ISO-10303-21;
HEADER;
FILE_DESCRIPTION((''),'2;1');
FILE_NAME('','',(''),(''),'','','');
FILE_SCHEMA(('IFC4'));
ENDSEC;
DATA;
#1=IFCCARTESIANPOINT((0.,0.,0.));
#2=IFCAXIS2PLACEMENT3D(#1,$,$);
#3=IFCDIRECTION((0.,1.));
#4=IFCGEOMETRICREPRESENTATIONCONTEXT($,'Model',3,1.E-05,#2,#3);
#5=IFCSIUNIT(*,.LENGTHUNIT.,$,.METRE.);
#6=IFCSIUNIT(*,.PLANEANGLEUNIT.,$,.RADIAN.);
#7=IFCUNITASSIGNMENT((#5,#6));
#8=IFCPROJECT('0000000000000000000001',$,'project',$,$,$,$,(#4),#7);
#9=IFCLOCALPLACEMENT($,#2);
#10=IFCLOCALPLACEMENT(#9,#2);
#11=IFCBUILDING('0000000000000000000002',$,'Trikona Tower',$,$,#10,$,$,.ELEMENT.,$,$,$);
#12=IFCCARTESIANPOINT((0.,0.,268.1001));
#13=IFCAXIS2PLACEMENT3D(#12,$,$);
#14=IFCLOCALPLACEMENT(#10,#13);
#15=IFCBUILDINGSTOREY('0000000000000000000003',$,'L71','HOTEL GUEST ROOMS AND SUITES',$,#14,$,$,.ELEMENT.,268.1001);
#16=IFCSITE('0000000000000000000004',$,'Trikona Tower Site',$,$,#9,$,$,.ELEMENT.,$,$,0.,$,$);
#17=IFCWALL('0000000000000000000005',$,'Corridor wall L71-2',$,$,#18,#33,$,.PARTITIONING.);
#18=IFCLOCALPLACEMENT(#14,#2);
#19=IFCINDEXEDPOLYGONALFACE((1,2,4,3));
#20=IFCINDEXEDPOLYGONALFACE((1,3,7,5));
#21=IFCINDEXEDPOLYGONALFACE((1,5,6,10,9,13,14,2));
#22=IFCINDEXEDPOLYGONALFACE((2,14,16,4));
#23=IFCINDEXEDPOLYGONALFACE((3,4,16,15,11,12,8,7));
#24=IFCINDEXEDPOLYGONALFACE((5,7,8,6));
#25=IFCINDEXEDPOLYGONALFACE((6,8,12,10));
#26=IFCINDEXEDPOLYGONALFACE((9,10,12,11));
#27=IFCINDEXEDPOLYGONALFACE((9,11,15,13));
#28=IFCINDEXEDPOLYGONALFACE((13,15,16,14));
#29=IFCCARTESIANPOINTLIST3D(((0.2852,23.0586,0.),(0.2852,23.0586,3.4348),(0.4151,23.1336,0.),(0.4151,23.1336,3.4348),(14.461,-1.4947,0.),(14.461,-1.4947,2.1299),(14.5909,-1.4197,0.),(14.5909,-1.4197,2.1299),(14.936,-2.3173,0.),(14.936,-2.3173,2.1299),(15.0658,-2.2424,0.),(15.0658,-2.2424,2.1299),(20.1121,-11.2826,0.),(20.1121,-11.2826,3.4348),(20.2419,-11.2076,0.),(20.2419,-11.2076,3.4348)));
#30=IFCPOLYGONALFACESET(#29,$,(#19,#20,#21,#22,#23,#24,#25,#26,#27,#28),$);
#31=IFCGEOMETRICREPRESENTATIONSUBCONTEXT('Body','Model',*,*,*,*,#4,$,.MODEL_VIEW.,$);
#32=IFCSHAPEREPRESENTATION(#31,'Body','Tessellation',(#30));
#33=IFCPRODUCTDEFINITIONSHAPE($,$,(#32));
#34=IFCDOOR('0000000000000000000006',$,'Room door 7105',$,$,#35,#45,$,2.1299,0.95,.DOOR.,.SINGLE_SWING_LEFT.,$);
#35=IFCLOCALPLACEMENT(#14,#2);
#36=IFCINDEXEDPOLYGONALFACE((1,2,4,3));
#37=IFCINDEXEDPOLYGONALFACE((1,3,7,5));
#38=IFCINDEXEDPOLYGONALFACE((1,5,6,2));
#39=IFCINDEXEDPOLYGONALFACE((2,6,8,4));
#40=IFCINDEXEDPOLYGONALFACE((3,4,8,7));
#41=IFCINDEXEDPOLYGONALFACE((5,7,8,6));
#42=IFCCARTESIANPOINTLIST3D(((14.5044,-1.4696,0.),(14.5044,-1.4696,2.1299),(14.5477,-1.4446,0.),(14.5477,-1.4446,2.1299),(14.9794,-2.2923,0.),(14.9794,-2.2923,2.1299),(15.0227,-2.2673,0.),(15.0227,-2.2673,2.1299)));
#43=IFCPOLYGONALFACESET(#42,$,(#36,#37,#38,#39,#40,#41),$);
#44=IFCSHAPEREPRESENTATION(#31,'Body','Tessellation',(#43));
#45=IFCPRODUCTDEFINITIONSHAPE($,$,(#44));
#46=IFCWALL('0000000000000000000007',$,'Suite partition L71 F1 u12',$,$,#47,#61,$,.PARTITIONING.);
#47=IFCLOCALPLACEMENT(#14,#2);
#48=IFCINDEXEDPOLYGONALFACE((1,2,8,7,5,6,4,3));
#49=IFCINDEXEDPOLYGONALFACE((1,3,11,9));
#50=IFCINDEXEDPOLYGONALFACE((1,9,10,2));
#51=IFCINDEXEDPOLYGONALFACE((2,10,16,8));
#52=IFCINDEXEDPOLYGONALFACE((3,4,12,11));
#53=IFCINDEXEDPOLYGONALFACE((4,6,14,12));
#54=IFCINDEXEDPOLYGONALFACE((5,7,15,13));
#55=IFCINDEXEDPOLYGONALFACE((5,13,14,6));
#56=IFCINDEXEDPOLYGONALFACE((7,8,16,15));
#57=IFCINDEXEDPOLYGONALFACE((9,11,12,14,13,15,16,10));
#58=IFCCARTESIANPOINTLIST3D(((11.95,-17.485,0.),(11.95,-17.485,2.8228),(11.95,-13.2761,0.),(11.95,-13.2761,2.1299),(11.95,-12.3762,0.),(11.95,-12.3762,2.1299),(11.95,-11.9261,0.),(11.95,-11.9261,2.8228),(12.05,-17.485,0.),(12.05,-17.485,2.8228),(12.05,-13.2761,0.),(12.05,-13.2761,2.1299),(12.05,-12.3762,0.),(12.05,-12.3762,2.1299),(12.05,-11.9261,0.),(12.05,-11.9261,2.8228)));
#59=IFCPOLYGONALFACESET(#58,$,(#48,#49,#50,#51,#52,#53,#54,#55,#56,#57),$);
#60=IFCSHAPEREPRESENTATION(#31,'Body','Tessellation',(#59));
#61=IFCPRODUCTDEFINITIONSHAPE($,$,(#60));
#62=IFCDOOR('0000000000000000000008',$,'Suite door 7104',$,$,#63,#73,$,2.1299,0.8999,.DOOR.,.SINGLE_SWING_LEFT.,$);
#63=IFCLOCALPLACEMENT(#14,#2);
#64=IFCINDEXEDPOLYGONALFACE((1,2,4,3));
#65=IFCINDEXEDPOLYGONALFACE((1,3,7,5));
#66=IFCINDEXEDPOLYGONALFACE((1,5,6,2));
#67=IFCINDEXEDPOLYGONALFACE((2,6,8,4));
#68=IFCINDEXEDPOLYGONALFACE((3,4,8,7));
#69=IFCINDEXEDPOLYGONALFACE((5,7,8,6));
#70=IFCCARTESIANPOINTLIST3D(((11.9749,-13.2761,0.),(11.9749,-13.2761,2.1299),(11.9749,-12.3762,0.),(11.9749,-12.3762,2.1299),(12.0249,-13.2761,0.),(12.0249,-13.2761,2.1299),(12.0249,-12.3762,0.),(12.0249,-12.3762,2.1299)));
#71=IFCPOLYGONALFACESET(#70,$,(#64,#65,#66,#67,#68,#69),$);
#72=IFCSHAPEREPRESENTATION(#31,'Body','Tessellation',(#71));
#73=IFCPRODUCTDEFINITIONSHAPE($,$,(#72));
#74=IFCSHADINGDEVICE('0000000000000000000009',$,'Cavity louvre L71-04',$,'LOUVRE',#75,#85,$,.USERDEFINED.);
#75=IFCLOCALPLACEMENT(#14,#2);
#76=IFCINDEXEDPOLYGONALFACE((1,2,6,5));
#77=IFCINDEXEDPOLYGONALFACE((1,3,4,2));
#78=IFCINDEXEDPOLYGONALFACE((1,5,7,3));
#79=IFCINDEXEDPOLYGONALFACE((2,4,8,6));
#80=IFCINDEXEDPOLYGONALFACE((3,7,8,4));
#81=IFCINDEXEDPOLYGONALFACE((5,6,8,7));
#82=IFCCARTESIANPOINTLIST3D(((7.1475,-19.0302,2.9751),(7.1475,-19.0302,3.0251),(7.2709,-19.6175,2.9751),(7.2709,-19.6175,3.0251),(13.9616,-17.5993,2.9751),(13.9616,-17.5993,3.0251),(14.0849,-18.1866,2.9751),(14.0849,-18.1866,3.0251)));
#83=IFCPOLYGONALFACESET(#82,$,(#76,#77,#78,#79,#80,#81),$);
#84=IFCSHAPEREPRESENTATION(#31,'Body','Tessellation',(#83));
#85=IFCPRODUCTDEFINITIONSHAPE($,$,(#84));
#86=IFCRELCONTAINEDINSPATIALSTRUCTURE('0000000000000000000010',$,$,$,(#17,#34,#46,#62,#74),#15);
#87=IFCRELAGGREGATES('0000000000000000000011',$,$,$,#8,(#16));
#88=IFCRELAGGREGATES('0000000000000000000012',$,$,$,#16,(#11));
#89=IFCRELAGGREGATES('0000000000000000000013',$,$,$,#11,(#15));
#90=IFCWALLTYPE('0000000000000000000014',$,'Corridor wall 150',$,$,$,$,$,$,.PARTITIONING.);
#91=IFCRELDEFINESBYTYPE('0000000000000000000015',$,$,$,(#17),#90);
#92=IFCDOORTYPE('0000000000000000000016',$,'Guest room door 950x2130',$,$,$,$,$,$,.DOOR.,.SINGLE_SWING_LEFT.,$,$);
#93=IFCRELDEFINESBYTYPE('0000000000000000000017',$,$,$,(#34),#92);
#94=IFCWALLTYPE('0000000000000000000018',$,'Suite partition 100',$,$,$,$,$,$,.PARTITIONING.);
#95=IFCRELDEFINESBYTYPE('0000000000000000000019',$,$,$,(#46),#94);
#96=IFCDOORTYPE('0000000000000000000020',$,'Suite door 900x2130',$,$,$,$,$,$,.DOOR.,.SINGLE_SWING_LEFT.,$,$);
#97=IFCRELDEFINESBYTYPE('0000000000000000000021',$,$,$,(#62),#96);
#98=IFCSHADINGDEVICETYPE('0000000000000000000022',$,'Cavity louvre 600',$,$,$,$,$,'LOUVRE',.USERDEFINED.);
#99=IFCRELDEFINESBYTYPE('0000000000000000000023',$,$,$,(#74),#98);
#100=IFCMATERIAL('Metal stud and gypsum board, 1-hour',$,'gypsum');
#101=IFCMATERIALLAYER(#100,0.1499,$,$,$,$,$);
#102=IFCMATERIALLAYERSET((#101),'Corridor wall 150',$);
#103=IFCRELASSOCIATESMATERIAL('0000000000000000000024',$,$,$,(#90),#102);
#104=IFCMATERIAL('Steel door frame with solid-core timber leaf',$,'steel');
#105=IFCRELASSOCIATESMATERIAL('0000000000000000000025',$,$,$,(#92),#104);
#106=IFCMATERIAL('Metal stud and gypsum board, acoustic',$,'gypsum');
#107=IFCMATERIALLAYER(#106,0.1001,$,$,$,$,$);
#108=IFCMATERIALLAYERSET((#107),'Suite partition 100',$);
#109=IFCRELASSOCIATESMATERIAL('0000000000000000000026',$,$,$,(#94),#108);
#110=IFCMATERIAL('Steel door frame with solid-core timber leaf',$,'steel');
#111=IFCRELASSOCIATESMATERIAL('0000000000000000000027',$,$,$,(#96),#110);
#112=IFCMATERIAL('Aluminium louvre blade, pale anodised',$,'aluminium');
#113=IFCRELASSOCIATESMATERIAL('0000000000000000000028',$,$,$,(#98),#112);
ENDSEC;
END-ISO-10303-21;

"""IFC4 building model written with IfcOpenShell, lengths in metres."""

from ifc_helpers import new_model, si_unit, direction, frame, frame_2d, origin, origin_2d, place, context, subcontext, project, spatial, rectangle, extrude, material, layer, layer_set, type_object, element, fill, save


model = new_model("IFC4")

# Units and contexts
model_context = context("Model", 3, precision=1e-05, world=origin(), true_north=direction((0.0, 1.0)))
body_context = subcontext(model_context, "Body", "Model", "MODEL_VIEW")
ifc_project = project(units=[si_unit("LENGTHUNIT", "METRE"), si_unit("PLANEANGLEUNIT", "RADIAN")], contexts=[model_context])

# Site, building, storey
site_placement = place(None, origin())
site = spatial("IfcSite", under=ifc_project, at=site_placement, Name="Trikona Tower Site", CompositionType="ELEMENT", RefElevation=0.0)
building_placement = place(site_placement, origin())
building = spatial("IfcBuilding", under=site, at=building_placement, Name="Trikona Tower", CompositionType="ELEMENT")
storey_placement = place(building_placement, frame((0.0, 0.0, 268.1001)))
storey = spatial("IfcBuildingStorey", under=building, at=storey_placement, Name="L71", Description="HOTEL GUEST ROOMS AND SUITES", CompositionType="ELEMENT", Elevation=268.1001)

# Walls, openings, doors
ifc_material_1 = material(Name="Metal stud and gypsum board, 1-hour", Category="gypsum")
ifc_layer_1 = layer(ifc_material_1, 0.1499)
ifc_layer_set_1 = layer_set([ifc_layer_1], Name="Corridor wall 150")
wall_type_1 = type_object("IfcWallType", Name="Corridor wall 150", PredefinedType="PARTITIONING", material=ifc_layer_set_1)
wall_1_placement = place(storey_placement, frame((20.177, -11.2451, 0.0), z_axis=(0.0, 0.0, 1.0), x_axis=(-0.499999, 0.866026, 0.0)))
wall_1 = element("IfcWall", 1, at=wall_1_placement, inside=storey, type_object=wall_type_1, Name="Corridor wall L71-2", PredefinedType="PARTITIONING", context=body_context, shape_type="SweptSolid", body=[
    extrude(rectangle(XDim=39.6538, YDim=0.1499, at=frame_2d((19.8269, 0.0))), origin(), (0.0, 0.0, 1.0), 3.4348),
])
opening_1_placement = place(wall_1_placement, frame((10.3521, 0.0, 0.0)))
opening_1 = element("IfcOpeningElement", 2, at=opening_1_placement, cuts=wall_1, PredefinedType="OPENING", context=body_context, shape_type="SweptSolid", body=[
    extrude(rectangle(XDim=0.95, YDim=2.1299, at=frame_2d((0.4751, 1.0649))), frame((0.0, 0.085, 0.0), z_axis=(0.0, -1.0, 0.0), x_axis=(1.0, 0.0, 0.0)), (0.0, 0.0, 1.0), 0.1699),
])
ifc_material_2 = material(Name="Steel door frame with solid-core timber leaf", Category="steel")
door_type_1 = type_object("IfcDoorType", Name="Guest room door 950x2130", OperationType="SINGLE_SWING_LEFT", PredefinedType="DOOR", material=ifc_material_2)
door_1_placement = place(opening_1_placement, origin())
door_1 = element("IfcDoor", 3, at=door_1_placement, inside=storey, type_object=door_type_1, Name="Room door 7105", OperationType="SINGLE_SWING_LEFT", OverallHeight=2.1299, OverallWidth=0.95, PredefinedType="DOOR", context=body_context, shape_type="SweptSolid", body=[
    extrude(rectangle(XDim=0.95, YDim=2.1299, at=frame_2d((0.4751, 1.0649))), frame((0.0, 0.0249, 0.0), z_axis=(0.0, -1.0, 0.0), x_axis=(1.0, 0.0, 0.0)), (0.0, 0.0, 1.0), 0.05),
])
fill(opening_1, door_1)
ifc_material_3 = material(Name="Metal stud and gypsum board, acoustic", Category="gypsum")
ifc_layer_2 = layer(ifc_material_3, 0.1001)
ifc_layer_set_2 = layer_set([ifc_layer_2], Name="Suite partition 100")
wall_type_2 = type_object("IfcWallType", Name="Suite partition 100", PredefinedType="PARTITIONING", material=ifc_layer_set_2)
wall_2_placement = place(storey_placement, frame((12.0, -11.9263, 0.0), z_axis=(0.0, 0.0, 1.0), x_axis=(0.0, -1.0, 0.0)))
wall_2 = element("IfcWall", 4, at=wall_2_placement, inside=storey, type_object=wall_type_2, Name="Suite partition L71 F1 u12", PredefinedType="PARTITIONING", context=body_context, shape_type="SweptSolid", body=[
    extrude(rectangle(XDim=5.5588, YDim=0.1001, at=frame_2d((2.7793, 0.0))), origin(), (0.0, 0.0, 1.0), 2.8228),
])
opening_2_placement = place(wall_2_placement, frame((0.45, 0.0, 0.0)))
opening_2 = element("IfcOpeningElement", 5, at=opening_2_placement, cuts=wall_2, PredefinedType="OPENING", context=body_context, shape_type="SweptSolid", body=[
    extrude(rectangle(XDim=0.8999, YDim=2.1299, at=frame_2d((0.45, 1.0649))), frame((0.0, 0.0601, 0.0), z_axis=(0.0, -1.0, 0.0), x_axis=(1.0, 0.0, 0.0)), (0.0, 0.0, 1.0), 0.1201),
])
ifc_material_4 = material(Name="Steel door frame with solid-core timber leaf", Category="steel")
door_type_2 = type_object("IfcDoorType", Name="Suite door 900x2130", OperationType="SINGLE_SWING_LEFT", PredefinedType="DOOR", material=ifc_material_4)
door_2_placement = place(opening_2_placement, origin())
door_2 = element("IfcDoor", 6, at=door_2_placement, inside=storey, type_object=door_type_2, Name="Suite door 7104", OperationType="SINGLE_SWING_LEFT", OverallHeight=2.1299, OverallWidth=0.8999, PredefinedType="DOOR", context=body_context, shape_type="SweptSolid", body=[
    extrude(rectangle(XDim=0.8999, YDim=2.1299, at=frame_2d((0.45, 1.0649))), frame((0.0, 0.0249, 0.0), z_axis=(0.0, -1.0, 0.0), x_axis=(1.0, 0.0, 0.0)), (0.0, 0.0, 1.0), 0.05),
])
fill(opening_2, door_2)

# Shading device
ifc_material_5 = material(Name="Aluminium louvre blade, pale anodised", Category="aluminium")
shading_device_type = type_object("IfcShadingDeviceType", Name="Cavity louvre 600", ElementType="LOUVRE", PredefinedType="USERDEFINED", material=ifc_material_5)
shading_device_placement = place(storey_placement, frame((10.6162, -18.6084, 2.9751), z_axis=(0.0, 0.0, 1.0), x_axis=(0.978653, 0.205518, 0.0)))
element("IfcShadingDevice", 7, at=shading_device_placement, inside=storey, type_object=shading_device_type, Name="Cavity louvre L71-04", ObjectType="LOUVRE", PredefinedType="USERDEFINED", context=body_context, shape_type="SweptSolid", body=[
    extrude(rectangle(XDim=6.9626, YDim=0.6001, at=origin_2d()), origin(), (0.0, 0.0, 1.0), 0.05),
])

save(model, "model.ifc")
